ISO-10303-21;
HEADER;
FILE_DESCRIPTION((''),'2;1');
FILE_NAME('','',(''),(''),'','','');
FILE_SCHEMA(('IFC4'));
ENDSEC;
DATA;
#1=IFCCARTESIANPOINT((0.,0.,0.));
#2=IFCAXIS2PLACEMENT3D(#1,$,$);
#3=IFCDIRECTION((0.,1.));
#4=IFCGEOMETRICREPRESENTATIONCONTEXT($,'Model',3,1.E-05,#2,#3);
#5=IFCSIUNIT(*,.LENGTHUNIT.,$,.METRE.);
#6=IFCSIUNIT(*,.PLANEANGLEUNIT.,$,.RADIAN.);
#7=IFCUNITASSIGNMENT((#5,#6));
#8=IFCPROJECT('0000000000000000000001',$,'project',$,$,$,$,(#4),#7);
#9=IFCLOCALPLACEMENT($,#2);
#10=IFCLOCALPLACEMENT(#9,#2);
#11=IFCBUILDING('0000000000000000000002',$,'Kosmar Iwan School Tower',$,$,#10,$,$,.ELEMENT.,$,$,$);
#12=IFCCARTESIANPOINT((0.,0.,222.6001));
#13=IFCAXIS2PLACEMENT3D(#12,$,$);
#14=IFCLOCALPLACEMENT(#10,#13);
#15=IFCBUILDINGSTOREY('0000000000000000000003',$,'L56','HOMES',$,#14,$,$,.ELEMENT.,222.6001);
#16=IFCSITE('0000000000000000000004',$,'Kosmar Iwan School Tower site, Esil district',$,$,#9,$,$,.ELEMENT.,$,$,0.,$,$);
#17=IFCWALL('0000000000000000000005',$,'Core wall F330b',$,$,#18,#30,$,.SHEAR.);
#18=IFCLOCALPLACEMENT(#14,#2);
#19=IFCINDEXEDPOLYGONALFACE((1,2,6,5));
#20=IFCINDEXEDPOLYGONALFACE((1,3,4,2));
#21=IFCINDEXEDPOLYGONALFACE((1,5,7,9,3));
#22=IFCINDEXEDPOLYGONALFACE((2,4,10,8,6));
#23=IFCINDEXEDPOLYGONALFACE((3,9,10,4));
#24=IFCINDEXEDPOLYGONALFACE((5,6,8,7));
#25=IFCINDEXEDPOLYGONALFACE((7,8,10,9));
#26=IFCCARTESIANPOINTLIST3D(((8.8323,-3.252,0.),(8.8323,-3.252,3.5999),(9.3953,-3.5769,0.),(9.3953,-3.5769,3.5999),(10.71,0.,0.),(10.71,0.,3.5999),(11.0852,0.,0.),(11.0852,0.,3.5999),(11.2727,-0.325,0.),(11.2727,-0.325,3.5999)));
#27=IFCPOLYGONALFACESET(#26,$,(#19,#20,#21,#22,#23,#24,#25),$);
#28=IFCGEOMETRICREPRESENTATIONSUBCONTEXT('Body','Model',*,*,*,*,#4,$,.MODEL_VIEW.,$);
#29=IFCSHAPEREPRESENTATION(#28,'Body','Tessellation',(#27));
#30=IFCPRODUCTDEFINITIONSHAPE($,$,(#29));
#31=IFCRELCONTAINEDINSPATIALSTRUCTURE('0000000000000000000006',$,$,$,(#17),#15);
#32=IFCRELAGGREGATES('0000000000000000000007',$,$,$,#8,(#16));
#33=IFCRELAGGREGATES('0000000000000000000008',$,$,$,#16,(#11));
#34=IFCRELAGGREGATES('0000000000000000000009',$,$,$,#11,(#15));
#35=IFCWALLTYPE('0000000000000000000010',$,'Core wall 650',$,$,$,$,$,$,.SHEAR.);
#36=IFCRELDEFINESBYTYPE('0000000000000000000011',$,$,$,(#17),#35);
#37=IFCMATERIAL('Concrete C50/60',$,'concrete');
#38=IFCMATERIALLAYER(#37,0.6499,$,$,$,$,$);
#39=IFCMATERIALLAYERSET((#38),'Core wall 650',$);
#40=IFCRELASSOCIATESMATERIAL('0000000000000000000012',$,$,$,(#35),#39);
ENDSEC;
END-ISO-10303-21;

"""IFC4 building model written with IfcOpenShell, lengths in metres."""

from ifc_helpers import new_model, si_unit, direction, frame, origin, place, context, subcontext, project, spatial, polyline, outline, extrude, material, layer, layer_set, type_object, element, save


model = new_model("IFC4")

# Units and contexts
model_context = context("Model", 3, precision=1e-05, world=origin(), true_north=direction((0.0, 1.0)))
body_context = subcontext(model_context, "Body", "Model", "MODEL_VIEW")
ifc_project = project(units=[si_unit("LENGTHUNIT", "METRE"), si_unit("PLANEANGLEUNIT", "RADIAN")], contexts=[model_context])

# Site, building, storey
site_placement = place(None, origin())
site = spatial("IfcSite", under=ifc_project, at=site_placement, Name="Kosmar Iwan School Tower site, Esil district", CompositionType="ELEMENT", RefElevation=0.0)
building_placement = place(site_placement, origin())
building = spatial("IfcBuilding", under=site, at=building_placement, Name="Kosmar Iwan School Tower", CompositionType="ELEMENT")
storey_placement = place(building_placement, frame((0.0, 0.0, 222.6001)))
storey = spatial("IfcBuildingStorey", under=building, at=storey_placement, Name="L56", Description="HOMES", CompositionType="ELEMENT", Elevation=222.6001)

# Wall
ifc_material_1 = material(Name="Concrete C50/60", Category="concrete")
ifc_layer_1 = layer(ifc_material_1, 0.6499)
ifc_layer_set_1 = layer_set([ifc_layer_1], Name="Core wall 650")
wall_type = type_object("IfcWallType", Name="Core wall 650", PredefinedType="SHEAR", material=ifc_layer_set_1)
wall_1_placement = place(storey_placement, origin())
element("IfcWall", 1, at=wall_1_placement, inside=storey, type_object=wall_type, Name="Core wall F330b", PredefinedType="SHEAR", context=body_context, shape_type="SweptSolid", body=[
    extrude(outline(polyline([(9.3953, -3.5769), (11.2727, -0.325), (11.0852, 0.0), (10.71, 0.0), (8.8323, -3.252), (9.3953, -3.5769)])), origin(), (0.0, 0.0, 1.0), 3.5999),
])

save(model, "model.ifc")
